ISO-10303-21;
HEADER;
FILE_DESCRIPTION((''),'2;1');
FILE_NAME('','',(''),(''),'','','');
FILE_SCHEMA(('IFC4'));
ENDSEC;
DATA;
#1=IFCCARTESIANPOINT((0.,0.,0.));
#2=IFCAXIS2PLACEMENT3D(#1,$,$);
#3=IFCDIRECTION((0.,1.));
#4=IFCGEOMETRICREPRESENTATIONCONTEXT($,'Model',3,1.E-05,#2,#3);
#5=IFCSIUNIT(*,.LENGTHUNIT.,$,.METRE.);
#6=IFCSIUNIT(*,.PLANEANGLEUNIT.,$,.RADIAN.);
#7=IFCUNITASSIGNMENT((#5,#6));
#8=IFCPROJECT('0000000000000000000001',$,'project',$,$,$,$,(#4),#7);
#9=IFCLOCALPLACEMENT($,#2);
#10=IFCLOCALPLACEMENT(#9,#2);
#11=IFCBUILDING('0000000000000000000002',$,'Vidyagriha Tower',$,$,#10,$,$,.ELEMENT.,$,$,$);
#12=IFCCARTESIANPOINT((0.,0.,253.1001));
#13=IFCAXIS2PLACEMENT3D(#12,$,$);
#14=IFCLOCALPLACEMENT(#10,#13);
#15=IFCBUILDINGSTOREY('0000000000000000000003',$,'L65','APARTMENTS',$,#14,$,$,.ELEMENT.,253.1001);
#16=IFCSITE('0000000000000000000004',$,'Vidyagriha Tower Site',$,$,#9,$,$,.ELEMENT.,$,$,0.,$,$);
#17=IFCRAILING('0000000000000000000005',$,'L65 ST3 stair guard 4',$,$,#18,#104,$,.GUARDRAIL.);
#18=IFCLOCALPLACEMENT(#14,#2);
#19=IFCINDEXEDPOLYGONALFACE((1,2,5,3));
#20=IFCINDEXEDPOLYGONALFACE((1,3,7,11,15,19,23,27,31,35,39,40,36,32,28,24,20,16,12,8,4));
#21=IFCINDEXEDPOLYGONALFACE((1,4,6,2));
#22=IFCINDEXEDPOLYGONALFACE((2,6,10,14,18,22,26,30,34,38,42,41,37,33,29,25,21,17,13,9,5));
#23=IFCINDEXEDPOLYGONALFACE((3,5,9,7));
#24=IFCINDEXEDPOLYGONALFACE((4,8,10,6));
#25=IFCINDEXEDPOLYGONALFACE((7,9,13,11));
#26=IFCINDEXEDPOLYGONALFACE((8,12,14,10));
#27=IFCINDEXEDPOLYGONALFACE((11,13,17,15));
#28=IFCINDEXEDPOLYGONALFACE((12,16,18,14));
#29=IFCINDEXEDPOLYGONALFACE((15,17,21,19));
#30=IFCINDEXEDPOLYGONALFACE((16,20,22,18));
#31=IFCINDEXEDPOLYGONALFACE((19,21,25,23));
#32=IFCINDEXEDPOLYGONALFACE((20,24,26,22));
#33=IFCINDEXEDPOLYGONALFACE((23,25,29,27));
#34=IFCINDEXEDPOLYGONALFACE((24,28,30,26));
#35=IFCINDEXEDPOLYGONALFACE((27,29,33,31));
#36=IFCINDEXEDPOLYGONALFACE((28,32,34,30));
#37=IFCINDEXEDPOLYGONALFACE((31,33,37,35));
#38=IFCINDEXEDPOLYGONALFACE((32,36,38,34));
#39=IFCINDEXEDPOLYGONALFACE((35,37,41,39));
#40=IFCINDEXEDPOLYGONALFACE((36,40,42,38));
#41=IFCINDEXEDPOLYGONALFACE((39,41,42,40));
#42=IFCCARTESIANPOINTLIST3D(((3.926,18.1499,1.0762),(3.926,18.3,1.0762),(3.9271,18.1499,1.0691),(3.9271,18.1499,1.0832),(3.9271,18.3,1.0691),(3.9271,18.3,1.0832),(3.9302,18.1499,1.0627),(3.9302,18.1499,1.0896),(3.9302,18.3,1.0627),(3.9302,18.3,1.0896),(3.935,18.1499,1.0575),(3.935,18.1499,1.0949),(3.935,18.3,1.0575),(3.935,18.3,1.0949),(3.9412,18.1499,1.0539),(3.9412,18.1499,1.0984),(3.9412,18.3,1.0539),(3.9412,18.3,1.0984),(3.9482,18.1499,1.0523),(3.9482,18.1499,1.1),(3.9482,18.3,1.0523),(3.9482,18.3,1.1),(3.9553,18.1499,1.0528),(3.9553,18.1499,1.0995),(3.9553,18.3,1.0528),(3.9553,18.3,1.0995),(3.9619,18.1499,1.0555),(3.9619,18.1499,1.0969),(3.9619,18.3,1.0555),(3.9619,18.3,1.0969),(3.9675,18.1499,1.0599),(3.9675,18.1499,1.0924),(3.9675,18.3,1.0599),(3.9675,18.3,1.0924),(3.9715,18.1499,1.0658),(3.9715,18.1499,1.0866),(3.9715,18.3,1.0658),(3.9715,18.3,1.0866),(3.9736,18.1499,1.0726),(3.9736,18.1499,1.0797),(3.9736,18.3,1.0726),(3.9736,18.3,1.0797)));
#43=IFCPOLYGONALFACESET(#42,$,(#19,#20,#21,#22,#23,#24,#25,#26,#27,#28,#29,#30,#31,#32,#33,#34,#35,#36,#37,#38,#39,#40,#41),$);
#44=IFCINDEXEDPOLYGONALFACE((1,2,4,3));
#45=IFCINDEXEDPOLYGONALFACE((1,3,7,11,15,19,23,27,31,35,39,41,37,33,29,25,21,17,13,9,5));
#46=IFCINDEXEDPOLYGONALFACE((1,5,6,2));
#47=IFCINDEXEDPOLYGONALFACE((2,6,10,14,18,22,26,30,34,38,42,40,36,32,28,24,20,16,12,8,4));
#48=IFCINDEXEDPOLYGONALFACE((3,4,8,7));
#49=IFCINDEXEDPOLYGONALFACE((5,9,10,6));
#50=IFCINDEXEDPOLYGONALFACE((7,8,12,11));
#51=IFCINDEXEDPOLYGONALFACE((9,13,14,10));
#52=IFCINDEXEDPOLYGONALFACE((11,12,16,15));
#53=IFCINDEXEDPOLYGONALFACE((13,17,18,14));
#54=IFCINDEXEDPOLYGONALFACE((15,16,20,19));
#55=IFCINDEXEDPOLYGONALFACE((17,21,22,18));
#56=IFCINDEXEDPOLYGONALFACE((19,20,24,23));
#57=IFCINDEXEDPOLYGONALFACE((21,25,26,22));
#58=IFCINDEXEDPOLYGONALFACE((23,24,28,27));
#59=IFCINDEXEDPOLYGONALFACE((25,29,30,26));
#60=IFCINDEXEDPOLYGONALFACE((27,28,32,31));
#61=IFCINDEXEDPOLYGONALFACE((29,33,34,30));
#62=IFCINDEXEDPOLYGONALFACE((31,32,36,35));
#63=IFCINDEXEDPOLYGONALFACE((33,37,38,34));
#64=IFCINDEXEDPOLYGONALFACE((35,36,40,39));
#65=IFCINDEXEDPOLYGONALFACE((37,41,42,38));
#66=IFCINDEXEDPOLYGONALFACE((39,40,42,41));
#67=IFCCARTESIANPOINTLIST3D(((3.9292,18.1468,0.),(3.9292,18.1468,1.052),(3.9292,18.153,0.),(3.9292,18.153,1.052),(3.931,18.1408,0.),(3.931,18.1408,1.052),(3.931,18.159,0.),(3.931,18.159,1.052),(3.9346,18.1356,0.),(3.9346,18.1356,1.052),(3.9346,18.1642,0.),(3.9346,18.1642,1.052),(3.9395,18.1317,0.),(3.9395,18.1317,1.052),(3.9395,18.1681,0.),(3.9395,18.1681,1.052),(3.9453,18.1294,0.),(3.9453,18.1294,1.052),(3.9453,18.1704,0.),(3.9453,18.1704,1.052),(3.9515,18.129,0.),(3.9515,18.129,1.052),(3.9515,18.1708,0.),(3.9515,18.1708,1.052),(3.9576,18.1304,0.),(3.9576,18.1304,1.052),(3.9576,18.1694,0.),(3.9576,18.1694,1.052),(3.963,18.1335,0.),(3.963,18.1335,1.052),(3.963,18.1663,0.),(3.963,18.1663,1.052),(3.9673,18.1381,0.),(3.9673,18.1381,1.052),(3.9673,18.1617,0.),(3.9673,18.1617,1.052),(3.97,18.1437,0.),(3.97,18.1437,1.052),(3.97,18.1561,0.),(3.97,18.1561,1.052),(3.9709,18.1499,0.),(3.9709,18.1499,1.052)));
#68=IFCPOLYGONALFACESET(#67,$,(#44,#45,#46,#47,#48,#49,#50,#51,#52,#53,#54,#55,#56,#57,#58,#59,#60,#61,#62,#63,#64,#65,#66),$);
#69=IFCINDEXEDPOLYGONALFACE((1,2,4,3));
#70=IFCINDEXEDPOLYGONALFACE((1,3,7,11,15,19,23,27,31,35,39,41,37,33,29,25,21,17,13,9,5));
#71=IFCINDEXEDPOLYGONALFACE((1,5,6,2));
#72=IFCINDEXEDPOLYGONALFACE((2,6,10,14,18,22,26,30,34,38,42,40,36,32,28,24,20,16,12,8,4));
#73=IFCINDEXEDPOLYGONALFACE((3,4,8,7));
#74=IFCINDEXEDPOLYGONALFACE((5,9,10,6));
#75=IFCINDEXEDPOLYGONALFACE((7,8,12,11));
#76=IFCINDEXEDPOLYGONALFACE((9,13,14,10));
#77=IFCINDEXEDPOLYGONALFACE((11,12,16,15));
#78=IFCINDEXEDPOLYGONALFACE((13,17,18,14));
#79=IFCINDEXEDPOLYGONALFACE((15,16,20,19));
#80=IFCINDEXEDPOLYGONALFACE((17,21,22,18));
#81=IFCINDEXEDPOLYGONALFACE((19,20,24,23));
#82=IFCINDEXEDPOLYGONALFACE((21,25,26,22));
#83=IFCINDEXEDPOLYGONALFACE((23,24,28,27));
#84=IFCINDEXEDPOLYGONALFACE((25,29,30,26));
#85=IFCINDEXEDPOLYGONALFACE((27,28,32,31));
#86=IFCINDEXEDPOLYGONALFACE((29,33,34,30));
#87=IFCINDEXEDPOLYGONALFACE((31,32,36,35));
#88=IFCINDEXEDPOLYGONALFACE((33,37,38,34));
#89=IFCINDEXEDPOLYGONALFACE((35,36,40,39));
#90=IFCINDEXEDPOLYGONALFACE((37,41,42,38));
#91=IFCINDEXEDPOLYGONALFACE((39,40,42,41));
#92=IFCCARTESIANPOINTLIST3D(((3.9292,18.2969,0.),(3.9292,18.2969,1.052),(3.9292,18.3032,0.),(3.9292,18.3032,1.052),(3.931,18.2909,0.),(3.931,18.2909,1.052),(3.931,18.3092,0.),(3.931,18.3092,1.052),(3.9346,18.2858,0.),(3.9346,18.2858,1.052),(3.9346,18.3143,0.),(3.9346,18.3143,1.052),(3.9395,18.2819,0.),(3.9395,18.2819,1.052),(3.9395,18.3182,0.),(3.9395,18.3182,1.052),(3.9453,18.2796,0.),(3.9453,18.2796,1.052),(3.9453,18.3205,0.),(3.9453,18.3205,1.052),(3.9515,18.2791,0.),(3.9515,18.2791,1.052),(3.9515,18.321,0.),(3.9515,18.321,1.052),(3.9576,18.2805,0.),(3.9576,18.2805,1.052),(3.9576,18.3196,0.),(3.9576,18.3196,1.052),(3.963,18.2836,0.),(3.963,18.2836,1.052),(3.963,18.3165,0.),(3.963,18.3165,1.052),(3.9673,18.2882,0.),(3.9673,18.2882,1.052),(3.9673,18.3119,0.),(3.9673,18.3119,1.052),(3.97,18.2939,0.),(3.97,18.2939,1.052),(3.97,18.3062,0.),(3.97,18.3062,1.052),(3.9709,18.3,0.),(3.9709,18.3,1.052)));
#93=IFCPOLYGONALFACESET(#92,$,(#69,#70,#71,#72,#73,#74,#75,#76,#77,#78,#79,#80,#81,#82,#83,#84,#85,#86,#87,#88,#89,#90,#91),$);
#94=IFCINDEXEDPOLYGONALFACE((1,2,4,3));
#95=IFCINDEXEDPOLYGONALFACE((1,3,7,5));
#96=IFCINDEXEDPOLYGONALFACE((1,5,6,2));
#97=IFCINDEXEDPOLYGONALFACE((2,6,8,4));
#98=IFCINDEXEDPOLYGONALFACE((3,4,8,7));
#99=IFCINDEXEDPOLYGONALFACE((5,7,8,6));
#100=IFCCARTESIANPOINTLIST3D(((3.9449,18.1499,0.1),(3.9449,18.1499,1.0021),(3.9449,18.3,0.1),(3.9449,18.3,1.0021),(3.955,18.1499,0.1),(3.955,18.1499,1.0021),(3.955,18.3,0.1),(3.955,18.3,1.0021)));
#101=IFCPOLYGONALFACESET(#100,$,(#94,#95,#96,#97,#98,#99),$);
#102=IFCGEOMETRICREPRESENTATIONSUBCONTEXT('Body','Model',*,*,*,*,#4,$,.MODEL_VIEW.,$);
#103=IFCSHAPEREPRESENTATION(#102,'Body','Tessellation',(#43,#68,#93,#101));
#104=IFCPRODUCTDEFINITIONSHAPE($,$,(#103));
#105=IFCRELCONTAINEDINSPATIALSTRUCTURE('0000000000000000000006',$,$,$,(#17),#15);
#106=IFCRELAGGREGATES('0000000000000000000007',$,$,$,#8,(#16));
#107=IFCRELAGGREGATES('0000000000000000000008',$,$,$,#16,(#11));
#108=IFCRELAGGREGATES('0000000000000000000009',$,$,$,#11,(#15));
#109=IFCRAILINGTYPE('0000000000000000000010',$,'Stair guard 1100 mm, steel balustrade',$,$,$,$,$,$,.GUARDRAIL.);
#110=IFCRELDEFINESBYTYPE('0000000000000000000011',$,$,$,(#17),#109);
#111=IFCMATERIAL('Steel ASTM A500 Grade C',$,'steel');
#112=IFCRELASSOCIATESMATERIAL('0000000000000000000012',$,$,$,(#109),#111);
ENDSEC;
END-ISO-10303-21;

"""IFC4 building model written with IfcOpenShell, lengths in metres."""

from ifc_helpers import new_model, si_unit, direction, frame, origin, origin_2d, place, context, subcontext, project, spatial, rectangle, circle, extrude, material, type_object, element, save


model = new_model("IFC4")

# Units and contexts
model_context = context("Model", 3, precision=1e-05, world=origin(), true_north=direction((0.0, 1.0)))
body_context = subcontext(model_context, "Body", "Model", "MODEL_VIEW")
ifc_project = project(units=[si_unit("LENGTHUNIT", "METRE"), si_unit("PLANEANGLEUNIT", "RADIAN")], contexts=[model_context])

# Site, building, storey
site_placement = place(None, origin())
site = spatial("IfcSite", under=ifc_project, at=site_placement, Name="Vidyagriha Tower Site", CompositionType="ELEMENT", RefElevation=0.0)
building_placement = place(site_placement, origin())
building = spatial("IfcBuilding", under=site, at=building_placement, Name="Vidyagriha Tower", CompositionType="ELEMENT")
storey_placement = place(building_placement, frame((0.0, 0.0, 253.1001)))
storey = spatial("IfcBuildingStorey", under=building, at=storey_placement, Name="L65", Description="APARTMENTS", CompositionType="ELEMENT", Elevation=253.1001)

# Railing
ifc_material_1 = material(Name="Steel ASTM A500 Grade C", Category="steel")
railing_type_1 = type_object("IfcRailingType", Name="Stair guard 1100 mm, steel balustrade", PredefinedType="GUARDRAIL", material=ifc_material_1)
railing_1_placement = place(storey_placement, frame((3.95, 18.1499, 0.0)))
element("IfcRailing", 1, at=railing_1_placement, inside=storey, type_object=railing_type_1, Name="L65 ST3 stair guard 4", PredefinedType="GUARDRAIL", context=body_context, shape_type="SweptSolid", body=[
    extrude(circle(Radius=0.0239, at=origin_2d()), frame((0.0, 0.0, 1.0762), z_axis=(0.0, 1.0, 0.0), x_axis=(-1.0, 0.0, 0.0)), (0.0, 0.0, 1.0), 0.1501),
    extrude(circle(Radius=0.021, at=origin_2d()), origin(), (0.0, 0.0, 1.0), 1.052),
    extrude(circle(Radius=0.021, at=origin_2d()), frame((0.0, 0.1501, 0.0)), (0.0, 0.0, 1.0), 1.052),
    extrude(rectangle(XDim=0.01, YDim=0.9021, at=origin_2d()), frame((0.0, 0.0, 0.551), z_axis=(0.0, 1.0, 0.0), x_axis=(-1.0, 0.0, 0.0)), (0.0, 0.0, 1.0), 0.1501),
])

save(model, "model.ifc")
